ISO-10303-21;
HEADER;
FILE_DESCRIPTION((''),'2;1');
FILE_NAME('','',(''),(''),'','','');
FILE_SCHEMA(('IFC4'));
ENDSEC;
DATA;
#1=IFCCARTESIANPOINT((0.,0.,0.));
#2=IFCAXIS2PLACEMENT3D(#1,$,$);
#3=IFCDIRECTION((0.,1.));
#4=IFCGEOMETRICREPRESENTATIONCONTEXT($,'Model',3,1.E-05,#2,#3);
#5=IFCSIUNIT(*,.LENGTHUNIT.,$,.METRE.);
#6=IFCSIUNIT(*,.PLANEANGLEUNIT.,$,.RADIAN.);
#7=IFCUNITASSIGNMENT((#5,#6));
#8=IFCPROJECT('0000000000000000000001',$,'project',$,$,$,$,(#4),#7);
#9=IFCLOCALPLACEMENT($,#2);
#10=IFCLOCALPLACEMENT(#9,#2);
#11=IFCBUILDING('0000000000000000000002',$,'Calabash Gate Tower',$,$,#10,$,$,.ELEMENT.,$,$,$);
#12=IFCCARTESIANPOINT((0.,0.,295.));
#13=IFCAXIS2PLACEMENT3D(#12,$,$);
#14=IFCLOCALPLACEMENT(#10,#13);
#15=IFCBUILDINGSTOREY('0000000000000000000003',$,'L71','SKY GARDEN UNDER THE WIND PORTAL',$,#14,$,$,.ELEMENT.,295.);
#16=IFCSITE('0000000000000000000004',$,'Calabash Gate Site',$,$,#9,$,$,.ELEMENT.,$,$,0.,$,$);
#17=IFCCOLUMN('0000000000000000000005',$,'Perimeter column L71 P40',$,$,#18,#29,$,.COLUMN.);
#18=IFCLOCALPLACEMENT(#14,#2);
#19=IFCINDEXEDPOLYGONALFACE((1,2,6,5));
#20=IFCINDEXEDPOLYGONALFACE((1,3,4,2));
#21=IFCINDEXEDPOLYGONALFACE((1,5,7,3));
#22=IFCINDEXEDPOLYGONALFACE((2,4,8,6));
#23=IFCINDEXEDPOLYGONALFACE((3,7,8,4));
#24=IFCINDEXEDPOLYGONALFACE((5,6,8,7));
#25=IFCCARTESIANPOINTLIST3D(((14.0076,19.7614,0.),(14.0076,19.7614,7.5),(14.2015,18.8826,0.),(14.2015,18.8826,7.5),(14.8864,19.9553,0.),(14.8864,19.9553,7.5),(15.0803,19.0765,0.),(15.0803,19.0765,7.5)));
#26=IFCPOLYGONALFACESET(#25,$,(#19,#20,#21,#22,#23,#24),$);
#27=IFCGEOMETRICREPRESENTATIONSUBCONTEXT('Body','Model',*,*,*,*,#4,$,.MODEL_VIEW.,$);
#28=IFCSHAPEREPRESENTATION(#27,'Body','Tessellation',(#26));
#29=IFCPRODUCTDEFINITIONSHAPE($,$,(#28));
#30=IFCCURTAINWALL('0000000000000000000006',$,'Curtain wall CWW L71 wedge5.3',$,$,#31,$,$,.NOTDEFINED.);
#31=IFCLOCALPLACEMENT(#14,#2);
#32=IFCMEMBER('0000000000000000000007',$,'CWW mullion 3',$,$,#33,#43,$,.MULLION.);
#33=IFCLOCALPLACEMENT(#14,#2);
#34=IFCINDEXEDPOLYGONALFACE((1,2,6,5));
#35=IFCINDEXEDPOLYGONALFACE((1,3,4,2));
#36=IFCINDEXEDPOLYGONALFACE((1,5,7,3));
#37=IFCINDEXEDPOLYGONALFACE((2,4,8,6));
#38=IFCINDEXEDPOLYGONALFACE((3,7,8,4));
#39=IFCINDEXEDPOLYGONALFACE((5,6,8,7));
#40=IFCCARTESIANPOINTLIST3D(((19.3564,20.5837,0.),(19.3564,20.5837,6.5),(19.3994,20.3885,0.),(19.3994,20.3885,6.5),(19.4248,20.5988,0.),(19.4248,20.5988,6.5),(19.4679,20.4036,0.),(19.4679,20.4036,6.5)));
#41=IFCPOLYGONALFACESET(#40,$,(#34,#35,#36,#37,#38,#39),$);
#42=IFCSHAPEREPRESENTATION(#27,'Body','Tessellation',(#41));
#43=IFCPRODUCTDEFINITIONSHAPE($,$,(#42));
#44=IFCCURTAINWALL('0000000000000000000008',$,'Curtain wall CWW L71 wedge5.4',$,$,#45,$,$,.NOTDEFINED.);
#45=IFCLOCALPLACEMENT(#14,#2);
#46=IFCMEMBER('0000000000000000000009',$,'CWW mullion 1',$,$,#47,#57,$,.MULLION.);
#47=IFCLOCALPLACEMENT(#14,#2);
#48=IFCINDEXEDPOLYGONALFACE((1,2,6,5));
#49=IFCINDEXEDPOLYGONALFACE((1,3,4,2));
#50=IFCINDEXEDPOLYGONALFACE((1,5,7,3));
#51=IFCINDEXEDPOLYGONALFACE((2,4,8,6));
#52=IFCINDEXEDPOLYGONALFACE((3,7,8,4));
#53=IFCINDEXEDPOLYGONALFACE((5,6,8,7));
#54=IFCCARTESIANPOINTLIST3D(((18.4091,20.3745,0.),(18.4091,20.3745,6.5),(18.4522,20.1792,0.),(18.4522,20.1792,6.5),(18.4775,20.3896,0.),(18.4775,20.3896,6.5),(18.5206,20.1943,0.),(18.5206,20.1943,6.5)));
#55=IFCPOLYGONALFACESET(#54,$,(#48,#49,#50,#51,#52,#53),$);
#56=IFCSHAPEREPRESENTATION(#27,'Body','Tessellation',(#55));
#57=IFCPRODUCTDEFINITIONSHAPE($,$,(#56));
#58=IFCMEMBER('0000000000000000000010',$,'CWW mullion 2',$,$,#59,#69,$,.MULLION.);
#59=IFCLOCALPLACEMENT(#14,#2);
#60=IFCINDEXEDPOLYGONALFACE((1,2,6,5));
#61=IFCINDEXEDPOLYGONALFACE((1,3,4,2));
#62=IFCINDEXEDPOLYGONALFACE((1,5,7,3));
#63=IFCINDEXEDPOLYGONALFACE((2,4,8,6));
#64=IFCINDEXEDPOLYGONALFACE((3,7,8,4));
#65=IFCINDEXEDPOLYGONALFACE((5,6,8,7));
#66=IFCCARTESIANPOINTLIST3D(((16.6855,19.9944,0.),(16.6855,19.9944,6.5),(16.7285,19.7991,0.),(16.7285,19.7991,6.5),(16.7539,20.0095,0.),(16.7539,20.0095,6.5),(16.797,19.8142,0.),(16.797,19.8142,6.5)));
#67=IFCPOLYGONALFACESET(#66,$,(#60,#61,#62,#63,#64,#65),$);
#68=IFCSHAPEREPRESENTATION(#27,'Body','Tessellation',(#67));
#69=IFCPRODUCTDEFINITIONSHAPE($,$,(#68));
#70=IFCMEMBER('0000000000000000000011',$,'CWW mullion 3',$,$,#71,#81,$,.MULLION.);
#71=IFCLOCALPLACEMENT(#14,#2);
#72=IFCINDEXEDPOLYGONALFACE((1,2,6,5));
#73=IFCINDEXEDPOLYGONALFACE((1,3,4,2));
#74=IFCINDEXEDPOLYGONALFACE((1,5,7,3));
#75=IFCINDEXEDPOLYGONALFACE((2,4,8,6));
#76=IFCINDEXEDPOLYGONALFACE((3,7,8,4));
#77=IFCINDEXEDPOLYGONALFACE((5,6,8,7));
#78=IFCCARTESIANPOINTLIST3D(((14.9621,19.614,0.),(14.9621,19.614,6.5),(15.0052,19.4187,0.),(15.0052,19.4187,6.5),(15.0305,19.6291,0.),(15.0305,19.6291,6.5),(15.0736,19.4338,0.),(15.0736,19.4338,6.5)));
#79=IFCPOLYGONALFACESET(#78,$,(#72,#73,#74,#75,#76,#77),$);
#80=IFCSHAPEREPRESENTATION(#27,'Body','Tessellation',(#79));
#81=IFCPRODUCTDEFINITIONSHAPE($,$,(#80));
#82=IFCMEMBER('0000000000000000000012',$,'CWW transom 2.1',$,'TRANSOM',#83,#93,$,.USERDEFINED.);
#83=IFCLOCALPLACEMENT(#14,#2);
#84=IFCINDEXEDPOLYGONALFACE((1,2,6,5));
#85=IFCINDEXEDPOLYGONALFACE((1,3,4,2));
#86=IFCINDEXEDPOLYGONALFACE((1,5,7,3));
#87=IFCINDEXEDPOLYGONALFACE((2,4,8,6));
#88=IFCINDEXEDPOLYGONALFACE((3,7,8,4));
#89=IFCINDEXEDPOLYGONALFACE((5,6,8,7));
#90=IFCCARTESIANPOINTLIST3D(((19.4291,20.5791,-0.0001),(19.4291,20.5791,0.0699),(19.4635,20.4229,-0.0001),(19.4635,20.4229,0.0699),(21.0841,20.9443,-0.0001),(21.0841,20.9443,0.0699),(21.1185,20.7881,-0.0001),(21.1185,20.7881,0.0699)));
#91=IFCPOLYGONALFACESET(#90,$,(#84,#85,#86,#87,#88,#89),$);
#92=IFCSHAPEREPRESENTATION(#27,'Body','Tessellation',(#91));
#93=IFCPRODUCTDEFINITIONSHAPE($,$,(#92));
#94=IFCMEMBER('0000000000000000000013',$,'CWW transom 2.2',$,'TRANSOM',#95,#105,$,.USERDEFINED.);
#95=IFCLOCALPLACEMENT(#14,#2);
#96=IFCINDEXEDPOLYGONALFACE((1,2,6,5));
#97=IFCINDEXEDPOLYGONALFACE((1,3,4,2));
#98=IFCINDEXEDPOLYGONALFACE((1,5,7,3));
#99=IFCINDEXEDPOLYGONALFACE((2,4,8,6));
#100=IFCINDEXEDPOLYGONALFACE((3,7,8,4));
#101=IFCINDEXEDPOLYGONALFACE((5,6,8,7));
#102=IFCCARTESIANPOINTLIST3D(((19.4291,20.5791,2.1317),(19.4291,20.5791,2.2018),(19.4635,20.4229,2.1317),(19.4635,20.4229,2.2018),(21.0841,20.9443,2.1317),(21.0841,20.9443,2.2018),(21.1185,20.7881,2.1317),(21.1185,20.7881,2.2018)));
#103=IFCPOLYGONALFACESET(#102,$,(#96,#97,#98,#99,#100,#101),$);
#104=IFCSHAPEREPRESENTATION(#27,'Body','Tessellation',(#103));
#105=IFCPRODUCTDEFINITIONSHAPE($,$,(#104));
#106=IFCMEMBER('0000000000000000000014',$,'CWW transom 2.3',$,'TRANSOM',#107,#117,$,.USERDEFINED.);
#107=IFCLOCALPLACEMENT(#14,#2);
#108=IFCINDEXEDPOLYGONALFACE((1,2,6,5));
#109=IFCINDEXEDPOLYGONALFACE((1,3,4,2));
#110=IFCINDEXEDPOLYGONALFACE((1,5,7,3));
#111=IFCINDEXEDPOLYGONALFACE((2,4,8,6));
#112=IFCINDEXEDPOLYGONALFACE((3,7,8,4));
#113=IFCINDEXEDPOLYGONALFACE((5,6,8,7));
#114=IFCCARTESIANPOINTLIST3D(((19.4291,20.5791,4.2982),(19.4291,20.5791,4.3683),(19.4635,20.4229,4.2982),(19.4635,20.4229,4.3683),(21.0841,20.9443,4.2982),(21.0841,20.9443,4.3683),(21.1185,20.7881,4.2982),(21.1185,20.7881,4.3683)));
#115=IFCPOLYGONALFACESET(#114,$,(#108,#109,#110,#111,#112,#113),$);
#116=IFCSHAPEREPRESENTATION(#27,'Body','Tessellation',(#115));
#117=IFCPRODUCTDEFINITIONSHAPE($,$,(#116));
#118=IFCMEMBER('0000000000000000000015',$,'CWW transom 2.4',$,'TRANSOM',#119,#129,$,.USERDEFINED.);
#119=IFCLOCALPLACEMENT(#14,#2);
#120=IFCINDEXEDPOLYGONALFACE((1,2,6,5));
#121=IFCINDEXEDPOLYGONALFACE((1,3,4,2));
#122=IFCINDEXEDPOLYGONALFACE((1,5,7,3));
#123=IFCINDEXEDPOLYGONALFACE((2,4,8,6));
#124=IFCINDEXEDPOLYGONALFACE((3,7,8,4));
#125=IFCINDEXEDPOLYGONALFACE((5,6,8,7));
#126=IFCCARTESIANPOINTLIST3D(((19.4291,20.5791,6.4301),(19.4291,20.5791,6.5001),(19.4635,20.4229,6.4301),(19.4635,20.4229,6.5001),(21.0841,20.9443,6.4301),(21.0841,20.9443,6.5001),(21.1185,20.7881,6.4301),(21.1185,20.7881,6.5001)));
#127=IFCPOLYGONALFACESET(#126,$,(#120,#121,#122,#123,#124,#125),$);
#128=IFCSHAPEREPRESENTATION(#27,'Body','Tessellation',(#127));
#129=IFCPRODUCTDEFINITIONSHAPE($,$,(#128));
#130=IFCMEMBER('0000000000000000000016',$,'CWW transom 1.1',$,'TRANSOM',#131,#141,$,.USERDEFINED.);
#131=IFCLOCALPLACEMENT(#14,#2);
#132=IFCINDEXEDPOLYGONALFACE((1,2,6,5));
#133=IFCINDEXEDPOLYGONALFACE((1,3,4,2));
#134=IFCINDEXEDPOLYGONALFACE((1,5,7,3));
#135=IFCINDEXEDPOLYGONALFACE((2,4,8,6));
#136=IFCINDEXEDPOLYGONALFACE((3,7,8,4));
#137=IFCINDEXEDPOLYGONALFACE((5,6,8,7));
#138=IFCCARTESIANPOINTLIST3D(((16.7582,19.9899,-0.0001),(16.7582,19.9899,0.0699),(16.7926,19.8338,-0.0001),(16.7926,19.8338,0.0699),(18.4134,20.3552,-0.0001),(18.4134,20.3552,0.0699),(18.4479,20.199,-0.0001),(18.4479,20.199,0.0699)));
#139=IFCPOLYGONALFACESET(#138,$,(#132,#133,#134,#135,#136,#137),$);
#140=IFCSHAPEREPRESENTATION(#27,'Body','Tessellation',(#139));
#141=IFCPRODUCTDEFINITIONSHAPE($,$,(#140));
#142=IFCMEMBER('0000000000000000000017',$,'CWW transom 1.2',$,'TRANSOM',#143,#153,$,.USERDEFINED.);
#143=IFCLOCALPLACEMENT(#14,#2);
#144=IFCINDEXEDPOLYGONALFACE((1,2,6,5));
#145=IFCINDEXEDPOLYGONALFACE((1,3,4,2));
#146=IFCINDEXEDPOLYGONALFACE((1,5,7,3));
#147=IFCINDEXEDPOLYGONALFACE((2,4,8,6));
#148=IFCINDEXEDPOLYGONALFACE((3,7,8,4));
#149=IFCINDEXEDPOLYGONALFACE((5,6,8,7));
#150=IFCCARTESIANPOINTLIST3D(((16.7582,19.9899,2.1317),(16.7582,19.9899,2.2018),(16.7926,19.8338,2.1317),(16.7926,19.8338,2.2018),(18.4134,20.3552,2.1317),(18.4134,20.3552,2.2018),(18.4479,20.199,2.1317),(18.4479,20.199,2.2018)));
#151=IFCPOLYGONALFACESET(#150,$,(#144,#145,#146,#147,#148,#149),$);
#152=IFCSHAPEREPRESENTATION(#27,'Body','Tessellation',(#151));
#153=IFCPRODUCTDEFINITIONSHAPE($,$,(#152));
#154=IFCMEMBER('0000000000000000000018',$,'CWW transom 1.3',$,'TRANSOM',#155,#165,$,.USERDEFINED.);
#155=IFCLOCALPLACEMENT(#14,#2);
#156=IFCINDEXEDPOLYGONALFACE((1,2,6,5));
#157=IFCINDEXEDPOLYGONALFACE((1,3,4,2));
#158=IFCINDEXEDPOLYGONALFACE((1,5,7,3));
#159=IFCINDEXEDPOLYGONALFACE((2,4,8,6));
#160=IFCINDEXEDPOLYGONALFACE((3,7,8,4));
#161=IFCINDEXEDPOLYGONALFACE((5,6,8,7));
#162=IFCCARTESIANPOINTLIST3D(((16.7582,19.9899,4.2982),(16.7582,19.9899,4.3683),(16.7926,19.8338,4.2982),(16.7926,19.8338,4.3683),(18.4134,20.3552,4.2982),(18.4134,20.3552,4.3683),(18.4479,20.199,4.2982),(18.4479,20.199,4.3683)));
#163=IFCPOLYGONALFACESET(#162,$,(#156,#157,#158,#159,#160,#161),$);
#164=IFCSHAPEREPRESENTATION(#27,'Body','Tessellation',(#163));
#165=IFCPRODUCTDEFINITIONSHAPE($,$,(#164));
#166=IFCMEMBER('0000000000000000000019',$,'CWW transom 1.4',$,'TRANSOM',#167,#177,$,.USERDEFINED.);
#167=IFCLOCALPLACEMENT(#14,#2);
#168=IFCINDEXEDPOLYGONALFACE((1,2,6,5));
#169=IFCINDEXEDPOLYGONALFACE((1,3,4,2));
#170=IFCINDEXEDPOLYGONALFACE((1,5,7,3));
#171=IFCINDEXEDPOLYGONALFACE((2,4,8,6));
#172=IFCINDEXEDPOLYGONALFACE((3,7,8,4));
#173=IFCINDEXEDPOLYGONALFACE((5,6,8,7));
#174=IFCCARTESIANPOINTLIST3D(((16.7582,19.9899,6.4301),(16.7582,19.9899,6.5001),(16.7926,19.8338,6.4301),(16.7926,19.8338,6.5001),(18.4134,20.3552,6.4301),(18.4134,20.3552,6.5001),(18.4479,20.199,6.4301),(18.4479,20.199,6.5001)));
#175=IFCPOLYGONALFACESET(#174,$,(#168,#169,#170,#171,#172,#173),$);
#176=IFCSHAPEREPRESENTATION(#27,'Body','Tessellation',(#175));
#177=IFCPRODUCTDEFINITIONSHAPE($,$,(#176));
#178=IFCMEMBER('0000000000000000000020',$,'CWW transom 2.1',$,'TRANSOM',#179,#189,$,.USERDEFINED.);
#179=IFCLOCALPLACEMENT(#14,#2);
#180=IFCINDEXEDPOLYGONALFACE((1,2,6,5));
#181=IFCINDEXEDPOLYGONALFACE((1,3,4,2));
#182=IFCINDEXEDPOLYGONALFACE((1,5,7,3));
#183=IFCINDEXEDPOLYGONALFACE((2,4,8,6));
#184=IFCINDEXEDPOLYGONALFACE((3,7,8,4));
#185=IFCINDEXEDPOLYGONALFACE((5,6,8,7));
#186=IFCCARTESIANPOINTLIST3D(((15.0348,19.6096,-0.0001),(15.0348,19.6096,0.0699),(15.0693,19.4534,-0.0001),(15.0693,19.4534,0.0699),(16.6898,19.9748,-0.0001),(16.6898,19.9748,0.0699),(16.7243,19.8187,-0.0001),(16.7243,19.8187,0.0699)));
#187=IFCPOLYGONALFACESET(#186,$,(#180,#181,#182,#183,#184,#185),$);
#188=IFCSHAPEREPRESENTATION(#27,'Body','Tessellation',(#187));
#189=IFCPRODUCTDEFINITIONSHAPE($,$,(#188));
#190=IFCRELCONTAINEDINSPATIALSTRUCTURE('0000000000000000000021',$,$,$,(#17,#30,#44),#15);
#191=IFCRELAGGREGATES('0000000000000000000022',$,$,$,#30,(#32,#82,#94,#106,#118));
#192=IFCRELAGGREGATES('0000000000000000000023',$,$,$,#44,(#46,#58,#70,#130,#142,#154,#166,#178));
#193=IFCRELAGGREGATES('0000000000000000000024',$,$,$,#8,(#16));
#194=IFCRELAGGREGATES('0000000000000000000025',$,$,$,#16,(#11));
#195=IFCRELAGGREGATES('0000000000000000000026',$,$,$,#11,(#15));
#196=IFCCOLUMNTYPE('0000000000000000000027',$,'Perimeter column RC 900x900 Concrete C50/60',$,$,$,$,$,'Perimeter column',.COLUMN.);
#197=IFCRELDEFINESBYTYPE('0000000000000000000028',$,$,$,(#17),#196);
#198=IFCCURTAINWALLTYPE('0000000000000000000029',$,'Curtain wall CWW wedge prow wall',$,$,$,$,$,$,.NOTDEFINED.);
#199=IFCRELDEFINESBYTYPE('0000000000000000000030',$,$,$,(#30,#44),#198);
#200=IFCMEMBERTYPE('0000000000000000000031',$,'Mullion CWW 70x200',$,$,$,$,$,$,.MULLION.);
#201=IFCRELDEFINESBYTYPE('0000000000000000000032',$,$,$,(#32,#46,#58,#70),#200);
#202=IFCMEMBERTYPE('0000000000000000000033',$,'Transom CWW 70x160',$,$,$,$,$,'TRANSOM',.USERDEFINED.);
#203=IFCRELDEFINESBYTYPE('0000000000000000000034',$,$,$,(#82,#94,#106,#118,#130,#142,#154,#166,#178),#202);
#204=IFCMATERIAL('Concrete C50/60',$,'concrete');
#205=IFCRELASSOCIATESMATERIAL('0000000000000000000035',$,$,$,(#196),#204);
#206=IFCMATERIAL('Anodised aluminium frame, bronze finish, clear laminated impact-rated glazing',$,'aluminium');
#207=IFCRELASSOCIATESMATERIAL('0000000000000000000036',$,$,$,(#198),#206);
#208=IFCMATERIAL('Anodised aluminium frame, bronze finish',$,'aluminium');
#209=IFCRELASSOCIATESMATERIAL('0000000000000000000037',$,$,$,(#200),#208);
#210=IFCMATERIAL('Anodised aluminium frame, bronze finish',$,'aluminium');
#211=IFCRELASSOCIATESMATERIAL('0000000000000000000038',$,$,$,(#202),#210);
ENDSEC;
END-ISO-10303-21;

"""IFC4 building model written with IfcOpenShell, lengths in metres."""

from ifc_helpers import new_model, si_unit, direction, frame, origin, origin_2d, place, context, subcontext, project, spatial, rectangle, extrude, material, material_profile, profile_set, type_object, element, aggregate, save


model = new_model("IFC4")

# Units and contexts
model_context = context("Model", 3, precision=1e-05, world=origin(), true_north=direction((0.0, 1.0)))
body_context = subcontext(model_context, "Body", "Model", "MODEL_VIEW")
ifc_project = project(units=[si_unit("LENGTHUNIT", "METRE"), si_unit("PLANEANGLEUNIT", "RADIAN")], contexts=[model_context])

# Site, building, storey
site_placement = place(None, origin())
site = spatial("IfcSite", under=ifc_project, at=site_placement, Name="Calabash Gate Site", CompositionType="ELEMENT", RefElevation=0.0)
building_placement = place(site_placement, origin())
building = spatial("IfcBuilding", under=site, at=building_placement, Name="Calabash Gate Tower", CompositionType="ELEMENT")
storey_placement = place(building_placement, frame((0.0, 0.0, 295.0)))
storey = spatial("IfcBuildingStorey", under=building, at=storey_placement, Name="L71", Description="SKY GARDEN UNDER THE WIND PORTAL", CompositionType="ELEMENT", Elevation=295.0)

# Column
ifc_material_1 = material(Name="Concrete C50/60", Category="concrete")
ifc_material_profile_1 = material_profile(ifc_material_1, rectangle(XDim=0.8999, YDim=0.8999, at=origin_2d()))
ifc_profile_set_1 = profile_set([ifc_material_profile_1], Name="Concrete C50/60")
column_type = type_object("IfcColumnType", Name="Perimeter column RC 900x900 Concrete C50/60", ElementType="Perimeter column", PredefinedType="COLUMN", material=ifc_profile_set_1)
column_placement = place(storey_placement, frame((14.5439, 19.4189, 0.0), z_axis=(0.0, 0.0, 1.0), x_axis=(-0.976511, -0.215468, 0.0)))
element("IfcColumn", 1, at=column_placement, inside=storey, type_object=column_type, Name="Perimeter column L71 P40", PredefinedType="COLUMN", context=body_context, shape_type="SweptSolid", body=[
    extrude(rectangle(XDim=0.8999, YDim=0.8999, at=origin_2d()), origin(), (0.0, 0.0, 1.0), 7.5),
])

# Curtain wall, member
ifc_material_2 = material(Name="Anodised aluminium frame, bronze finish, clear laminated impact-rated glazing", Category="aluminium")
curtain_wall_type = type_object("IfcCurtainWallType", Name="Curtain wall CWW wedge prow wall", PredefinedType="NOTDEFINED", material=ifc_material_2)
curtain_wall_1_placement = place(storey_placement, origin())
curtain_wall_1 = element("IfcCurtainWall", 2, at=curtain_wall_1_placement, inside=storey, type_object=curtain_wall_type, Name="Curtain wall CWW L71 wedge5.3", PredefinedType="NOTDEFINED")
ifc_material_3 = material(Name="Anodised aluminium frame, bronze finish", Category="aluminium")
ifc_material_profile_2 = material_profile(ifc_material_3, rectangle(XDim=0.2, YDim=0.0701, at=origin_2d()))
ifc_profile_set_2 = profile_set([ifc_material_profile_2], Name="Anodised aluminium frame, bronze finish")
member_type_1 = type_object("IfcMemberType", Name="Mullion CWW 70x200", PredefinedType="MULLION", material=ifc_profile_set_2)
member_1_placement = place(storey_placement, frame((19.4121, 20.4937, 0.0), z_axis=(0.0, 0.0, 1.0), x_axis=(0.215468, -0.976511, 0.0)))
member_1 = element("IfcMember", 3, at=member_1_placement, type_object=member_type_1, Name="CWW mullion 3", PredefinedType="MULLION", context=body_context, shape_type="SweptSolid", body=[
    extrude(rectangle(XDim=0.2, YDim=0.0701, at=origin_2d()), origin(), (0.0, 0.0, 1.0), 6.5),
])

# Curtain wall, members
curtain_wall_2_placement = place(storey_placement, origin())
curtain_wall_2 = element("IfcCurtainWall", 4, at=curtain_wall_2_placement, inside=storey, type_object=curtain_wall_type, Name="Curtain wall CWW L71 wedge5.4", PredefinedType="NOTDEFINED")
member_2_placement = place(storey_placement, frame((18.4648, 20.2844, 0.0), z_axis=(0.0, 0.0, 1.0), x_axis=(0.215468, -0.976511, 0.0)))
member_2 = element("IfcMember", 5, at=member_2_placement, type_object=member_type_1, Name="CWW mullion 1", PredefinedType="MULLION", context=body_context, shape_type="SweptSolid", body=[
    extrude(rectangle(XDim=0.2, YDim=0.0701, at=origin_2d()), origin(), (0.0, 0.0, 1.0), 6.5),
])
member_3_placement = place(storey_placement, frame((16.7412, 19.9043, 0.0), z_axis=(0.0, 0.0, 1.0), x_axis=(0.215468, -0.976511, 0.0)))
member_3 = element("IfcMember", 6, at=member_3_placement, type_object=member_type_1, Name="CWW mullion 2", PredefinedType="MULLION", context=body_context, shape_type="SweptSolid", body=[
    extrude(rectangle(XDim=0.2, YDim=0.0701, at=origin_2d()), origin(), (0.0, 0.0, 1.0), 6.5),
])
member_4_placement = place(storey_placement, frame((15.0178, 19.5239, 0.0), z_axis=(0.0, 0.0, 1.0), x_axis=(0.215468, -0.976511, 0.0)))
member_4 = element("IfcMember", 7, at=member_4_placement, type_object=member_type_1, Name="CWW mullion 3", PredefinedType="MULLION", context=body_context, shape_type="SweptSolid", body=[
    extrude(rectangle(XDim=0.2, YDim=0.0701, at=origin_2d()), origin(), (0.0, 0.0, 1.0), 6.5),
])

# Members
ifc_material_4 = material(Name="Anodised aluminium frame, bronze finish", Category="aluminium")
ifc_material_profile_3 = material_profile(ifc_material_4, rectangle(XDim=0.1599, YDim=0.0701, at=origin_2d()))
ifc_profile_set_3 = profile_set([ifc_material_profile_3], Name="Anodised aluminium frame, bronze finish")
member_type_2 = type_object("IfcMemberType", Name="Transom CWW 70x160", ElementType="TRANSOM", PredefinedType="USERDEFINED", material=ifc_profile_set_3)
member_5_placement = place(storey_placement, frame((21.1013, 20.8662, 0.0349), z_axis=(-0.976505, -0.215497, 0.0), x_axis=(0.215497, -0.976505, 0.0)))
member_5 = element("IfcMember", 8, at=member_5_placement, type_object=member_type_2, Name="CWW transom 2.1", ObjectType="TRANSOM", PredefinedType="USERDEFINED", context=body_context, shape_type="SweptSolid", body=[
    extrude(rectangle(XDim=0.1599, YDim=0.0701, at=origin_2d()), origin(), (0.0, 0.0, 1.0), 1.6948),
])
member_6_placement = place(storey_placement, frame((21.1013, 20.8662, 2.1667), z_axis=(-0.976505, -0.215497, 0.0), x_axis=(0.215497, -0.976505, 0.0)))
member_6 = element("IfcMember", 9, at=member_6_placement, type_object=member_type_2, Name="CWW transom 2.2", ObjectType="TRANSOM", PredefinedType="USERDEFINED", context=body_context, shape_type="SweptSolid", body=[
    extrude(rectangle(XDim=0.1599, YDim=0.0701, at=origin_2d()), origin(), (0.0, 0.0, 1.0), 1.6948),
])
member_7_placement = place(storey_placement, frame((21.1013, 20.8662, 4.3333), z_axis=(-0.976505, -0.215497, 0.0), x_axis=(0.215497, -0.976505, 0.0)))
member_7 = element("IfcMember", 10, at=member_7_placement, type_object=member_type_2, Name="CWW transom 2.3", ObjectType="TRANSOM", PredefinedType="USERDEFINED", context=body_context, shape_type="SweptSolid", body=[
    extrude(rectangle(XDim=0.1599, YDim=0.0701, at=origin_2d()), origin(), (0.0, 0.0, 1.0), 1.6948),
])
member_8_placement = place(storey_placement, frame((21.1013, 20.8662, 6.4651), z_axis=(-0.976505, -0.215497, 0.0), x_axis=(0.215497, -0.976505, 0.0)))
member_8 = element("IfcMember", 11, at=member_8_placement, type_object=member_type_2, Name="CWW transom 2.4", ObjectType="TRANSOM", PredefinedType="USERDEFINED", context=body_context, shape_type="SweptSolid", body=[
    extrude(rectangle(XDim=0.1599, YDim=0.0701, at=origin_2d()), origin(), (0.0, 0.0, 1.0), 1.6948),
])
member_9_placement = place(storey_placement, frame((18.4307, 20.2771, 0.0349), z_axis=(-0.976511, -0.215466, 0.0), x_axis=(0.215466, -0.976511, 0.0)))
member_9 = element("IfcMember", 12, at=member_9_placement, type_object=member_type_2, Name="CWW transom 1.1", ObjectType="TRANSOM", PredefinedType="USERDEFINED", context=body_context, shape_type="SweptSolid", body=[
    extrude(rectangle(XDim=0.1599, YDim=0.0701, at=origin_2d()), origin(), (0.0, 0.0, 1.0), 1.6951),
])
member_10_placement = place(storey_placement, frame((18.4307, 20.2771, 2.1667), z_axis=(-0.976511, -0.215466, 0.0), x_axis=(0.215466, -0.976511, 0.0)))
member_10 = element("IfcMember", 13, at=member_10_placement, type_object=member_type_2, Name="CWW transom 1.2", ObjectType="TRANSOM", PredefinedType="USERDEFINED", context=body_context, shape_type="SweptSolid", body=[
    extrude(rectangle(XDim=0.1599, YDim=0.0701, at=origin_2d()), origin(), (0.0, 0.0, 1.0), 1.6951),
])
member_11_placement = place(storey_placement, frame((18.4307, 20.2771, 4.3333), z_axis=(-0.976511, -0.215466, 0.0), x_axis=(0.215466, -0.976511, 0.0)))
member_11 = element("IfcMember", 14, at=member_11_placement, type_object=member_type_2, Name="CWW transom 1.3", ObjectType="TRANSOM", PredefinedType="USERDEFINED", context=body_context, shape_type="SweptSolid", body=[
    extrude(rectangle(XDim=0.1599, YDim=0.0701, at=origin_2d()), origin(), (0.0, 0.0, 1.0), 1.6951),
])
member_12_placement = place(storey_placement, frame((18.4307, 20.2771, 6.4651), z_axis=(-0.976511, -0.215466, 0.0), x_axis=(0.215466, -0.976511, 0.0)))
member_12 = element("IfcMember", 15, at=member_12_placement, type_object=member_type_2, Name="CWW transom 1.4", ObjectType="TRANSOM", PredefinedType="USERDEFINED", context=body_context, shape_type="SweptSolid", body=[
    extrude(rectangle(XDim=0.1599, YDim=0.0701, at=origin_2d()), origin(), (0.0, 0.0, 1.0), 1.6951),
])
member_13_placement = place(storey_placement, frame((16.707, 19.8967, 0.0349), z_axis=(-0.976505, -0.215497, 0.0), x_axis=(0.215497, -0.976505, 0.0)))
member_13 = element("IfcMember", 16, at=member_13_placement, type_object=member_type_2, Name="CWW transom 2.1", ObjectType="TRANSOM", PredefinedType="USERDEFINED", context=body_context, shape_type="SweptSolid", body=[
    extrude(rectangle(XDim=0.1599, YDim=0.0701, at=origin_2d()), origin(), (0.0, 0.0, 1.0), 1.6948),
])

aggregate(curtain_wall_1, [member_1, member_5, member_6, member_7, member_8])
aggregate(curtain_wall_2, [member_2, member_3, member_4, member_9, member_10, member_11, member_12, member_13])

save(model, "model.ifc")
